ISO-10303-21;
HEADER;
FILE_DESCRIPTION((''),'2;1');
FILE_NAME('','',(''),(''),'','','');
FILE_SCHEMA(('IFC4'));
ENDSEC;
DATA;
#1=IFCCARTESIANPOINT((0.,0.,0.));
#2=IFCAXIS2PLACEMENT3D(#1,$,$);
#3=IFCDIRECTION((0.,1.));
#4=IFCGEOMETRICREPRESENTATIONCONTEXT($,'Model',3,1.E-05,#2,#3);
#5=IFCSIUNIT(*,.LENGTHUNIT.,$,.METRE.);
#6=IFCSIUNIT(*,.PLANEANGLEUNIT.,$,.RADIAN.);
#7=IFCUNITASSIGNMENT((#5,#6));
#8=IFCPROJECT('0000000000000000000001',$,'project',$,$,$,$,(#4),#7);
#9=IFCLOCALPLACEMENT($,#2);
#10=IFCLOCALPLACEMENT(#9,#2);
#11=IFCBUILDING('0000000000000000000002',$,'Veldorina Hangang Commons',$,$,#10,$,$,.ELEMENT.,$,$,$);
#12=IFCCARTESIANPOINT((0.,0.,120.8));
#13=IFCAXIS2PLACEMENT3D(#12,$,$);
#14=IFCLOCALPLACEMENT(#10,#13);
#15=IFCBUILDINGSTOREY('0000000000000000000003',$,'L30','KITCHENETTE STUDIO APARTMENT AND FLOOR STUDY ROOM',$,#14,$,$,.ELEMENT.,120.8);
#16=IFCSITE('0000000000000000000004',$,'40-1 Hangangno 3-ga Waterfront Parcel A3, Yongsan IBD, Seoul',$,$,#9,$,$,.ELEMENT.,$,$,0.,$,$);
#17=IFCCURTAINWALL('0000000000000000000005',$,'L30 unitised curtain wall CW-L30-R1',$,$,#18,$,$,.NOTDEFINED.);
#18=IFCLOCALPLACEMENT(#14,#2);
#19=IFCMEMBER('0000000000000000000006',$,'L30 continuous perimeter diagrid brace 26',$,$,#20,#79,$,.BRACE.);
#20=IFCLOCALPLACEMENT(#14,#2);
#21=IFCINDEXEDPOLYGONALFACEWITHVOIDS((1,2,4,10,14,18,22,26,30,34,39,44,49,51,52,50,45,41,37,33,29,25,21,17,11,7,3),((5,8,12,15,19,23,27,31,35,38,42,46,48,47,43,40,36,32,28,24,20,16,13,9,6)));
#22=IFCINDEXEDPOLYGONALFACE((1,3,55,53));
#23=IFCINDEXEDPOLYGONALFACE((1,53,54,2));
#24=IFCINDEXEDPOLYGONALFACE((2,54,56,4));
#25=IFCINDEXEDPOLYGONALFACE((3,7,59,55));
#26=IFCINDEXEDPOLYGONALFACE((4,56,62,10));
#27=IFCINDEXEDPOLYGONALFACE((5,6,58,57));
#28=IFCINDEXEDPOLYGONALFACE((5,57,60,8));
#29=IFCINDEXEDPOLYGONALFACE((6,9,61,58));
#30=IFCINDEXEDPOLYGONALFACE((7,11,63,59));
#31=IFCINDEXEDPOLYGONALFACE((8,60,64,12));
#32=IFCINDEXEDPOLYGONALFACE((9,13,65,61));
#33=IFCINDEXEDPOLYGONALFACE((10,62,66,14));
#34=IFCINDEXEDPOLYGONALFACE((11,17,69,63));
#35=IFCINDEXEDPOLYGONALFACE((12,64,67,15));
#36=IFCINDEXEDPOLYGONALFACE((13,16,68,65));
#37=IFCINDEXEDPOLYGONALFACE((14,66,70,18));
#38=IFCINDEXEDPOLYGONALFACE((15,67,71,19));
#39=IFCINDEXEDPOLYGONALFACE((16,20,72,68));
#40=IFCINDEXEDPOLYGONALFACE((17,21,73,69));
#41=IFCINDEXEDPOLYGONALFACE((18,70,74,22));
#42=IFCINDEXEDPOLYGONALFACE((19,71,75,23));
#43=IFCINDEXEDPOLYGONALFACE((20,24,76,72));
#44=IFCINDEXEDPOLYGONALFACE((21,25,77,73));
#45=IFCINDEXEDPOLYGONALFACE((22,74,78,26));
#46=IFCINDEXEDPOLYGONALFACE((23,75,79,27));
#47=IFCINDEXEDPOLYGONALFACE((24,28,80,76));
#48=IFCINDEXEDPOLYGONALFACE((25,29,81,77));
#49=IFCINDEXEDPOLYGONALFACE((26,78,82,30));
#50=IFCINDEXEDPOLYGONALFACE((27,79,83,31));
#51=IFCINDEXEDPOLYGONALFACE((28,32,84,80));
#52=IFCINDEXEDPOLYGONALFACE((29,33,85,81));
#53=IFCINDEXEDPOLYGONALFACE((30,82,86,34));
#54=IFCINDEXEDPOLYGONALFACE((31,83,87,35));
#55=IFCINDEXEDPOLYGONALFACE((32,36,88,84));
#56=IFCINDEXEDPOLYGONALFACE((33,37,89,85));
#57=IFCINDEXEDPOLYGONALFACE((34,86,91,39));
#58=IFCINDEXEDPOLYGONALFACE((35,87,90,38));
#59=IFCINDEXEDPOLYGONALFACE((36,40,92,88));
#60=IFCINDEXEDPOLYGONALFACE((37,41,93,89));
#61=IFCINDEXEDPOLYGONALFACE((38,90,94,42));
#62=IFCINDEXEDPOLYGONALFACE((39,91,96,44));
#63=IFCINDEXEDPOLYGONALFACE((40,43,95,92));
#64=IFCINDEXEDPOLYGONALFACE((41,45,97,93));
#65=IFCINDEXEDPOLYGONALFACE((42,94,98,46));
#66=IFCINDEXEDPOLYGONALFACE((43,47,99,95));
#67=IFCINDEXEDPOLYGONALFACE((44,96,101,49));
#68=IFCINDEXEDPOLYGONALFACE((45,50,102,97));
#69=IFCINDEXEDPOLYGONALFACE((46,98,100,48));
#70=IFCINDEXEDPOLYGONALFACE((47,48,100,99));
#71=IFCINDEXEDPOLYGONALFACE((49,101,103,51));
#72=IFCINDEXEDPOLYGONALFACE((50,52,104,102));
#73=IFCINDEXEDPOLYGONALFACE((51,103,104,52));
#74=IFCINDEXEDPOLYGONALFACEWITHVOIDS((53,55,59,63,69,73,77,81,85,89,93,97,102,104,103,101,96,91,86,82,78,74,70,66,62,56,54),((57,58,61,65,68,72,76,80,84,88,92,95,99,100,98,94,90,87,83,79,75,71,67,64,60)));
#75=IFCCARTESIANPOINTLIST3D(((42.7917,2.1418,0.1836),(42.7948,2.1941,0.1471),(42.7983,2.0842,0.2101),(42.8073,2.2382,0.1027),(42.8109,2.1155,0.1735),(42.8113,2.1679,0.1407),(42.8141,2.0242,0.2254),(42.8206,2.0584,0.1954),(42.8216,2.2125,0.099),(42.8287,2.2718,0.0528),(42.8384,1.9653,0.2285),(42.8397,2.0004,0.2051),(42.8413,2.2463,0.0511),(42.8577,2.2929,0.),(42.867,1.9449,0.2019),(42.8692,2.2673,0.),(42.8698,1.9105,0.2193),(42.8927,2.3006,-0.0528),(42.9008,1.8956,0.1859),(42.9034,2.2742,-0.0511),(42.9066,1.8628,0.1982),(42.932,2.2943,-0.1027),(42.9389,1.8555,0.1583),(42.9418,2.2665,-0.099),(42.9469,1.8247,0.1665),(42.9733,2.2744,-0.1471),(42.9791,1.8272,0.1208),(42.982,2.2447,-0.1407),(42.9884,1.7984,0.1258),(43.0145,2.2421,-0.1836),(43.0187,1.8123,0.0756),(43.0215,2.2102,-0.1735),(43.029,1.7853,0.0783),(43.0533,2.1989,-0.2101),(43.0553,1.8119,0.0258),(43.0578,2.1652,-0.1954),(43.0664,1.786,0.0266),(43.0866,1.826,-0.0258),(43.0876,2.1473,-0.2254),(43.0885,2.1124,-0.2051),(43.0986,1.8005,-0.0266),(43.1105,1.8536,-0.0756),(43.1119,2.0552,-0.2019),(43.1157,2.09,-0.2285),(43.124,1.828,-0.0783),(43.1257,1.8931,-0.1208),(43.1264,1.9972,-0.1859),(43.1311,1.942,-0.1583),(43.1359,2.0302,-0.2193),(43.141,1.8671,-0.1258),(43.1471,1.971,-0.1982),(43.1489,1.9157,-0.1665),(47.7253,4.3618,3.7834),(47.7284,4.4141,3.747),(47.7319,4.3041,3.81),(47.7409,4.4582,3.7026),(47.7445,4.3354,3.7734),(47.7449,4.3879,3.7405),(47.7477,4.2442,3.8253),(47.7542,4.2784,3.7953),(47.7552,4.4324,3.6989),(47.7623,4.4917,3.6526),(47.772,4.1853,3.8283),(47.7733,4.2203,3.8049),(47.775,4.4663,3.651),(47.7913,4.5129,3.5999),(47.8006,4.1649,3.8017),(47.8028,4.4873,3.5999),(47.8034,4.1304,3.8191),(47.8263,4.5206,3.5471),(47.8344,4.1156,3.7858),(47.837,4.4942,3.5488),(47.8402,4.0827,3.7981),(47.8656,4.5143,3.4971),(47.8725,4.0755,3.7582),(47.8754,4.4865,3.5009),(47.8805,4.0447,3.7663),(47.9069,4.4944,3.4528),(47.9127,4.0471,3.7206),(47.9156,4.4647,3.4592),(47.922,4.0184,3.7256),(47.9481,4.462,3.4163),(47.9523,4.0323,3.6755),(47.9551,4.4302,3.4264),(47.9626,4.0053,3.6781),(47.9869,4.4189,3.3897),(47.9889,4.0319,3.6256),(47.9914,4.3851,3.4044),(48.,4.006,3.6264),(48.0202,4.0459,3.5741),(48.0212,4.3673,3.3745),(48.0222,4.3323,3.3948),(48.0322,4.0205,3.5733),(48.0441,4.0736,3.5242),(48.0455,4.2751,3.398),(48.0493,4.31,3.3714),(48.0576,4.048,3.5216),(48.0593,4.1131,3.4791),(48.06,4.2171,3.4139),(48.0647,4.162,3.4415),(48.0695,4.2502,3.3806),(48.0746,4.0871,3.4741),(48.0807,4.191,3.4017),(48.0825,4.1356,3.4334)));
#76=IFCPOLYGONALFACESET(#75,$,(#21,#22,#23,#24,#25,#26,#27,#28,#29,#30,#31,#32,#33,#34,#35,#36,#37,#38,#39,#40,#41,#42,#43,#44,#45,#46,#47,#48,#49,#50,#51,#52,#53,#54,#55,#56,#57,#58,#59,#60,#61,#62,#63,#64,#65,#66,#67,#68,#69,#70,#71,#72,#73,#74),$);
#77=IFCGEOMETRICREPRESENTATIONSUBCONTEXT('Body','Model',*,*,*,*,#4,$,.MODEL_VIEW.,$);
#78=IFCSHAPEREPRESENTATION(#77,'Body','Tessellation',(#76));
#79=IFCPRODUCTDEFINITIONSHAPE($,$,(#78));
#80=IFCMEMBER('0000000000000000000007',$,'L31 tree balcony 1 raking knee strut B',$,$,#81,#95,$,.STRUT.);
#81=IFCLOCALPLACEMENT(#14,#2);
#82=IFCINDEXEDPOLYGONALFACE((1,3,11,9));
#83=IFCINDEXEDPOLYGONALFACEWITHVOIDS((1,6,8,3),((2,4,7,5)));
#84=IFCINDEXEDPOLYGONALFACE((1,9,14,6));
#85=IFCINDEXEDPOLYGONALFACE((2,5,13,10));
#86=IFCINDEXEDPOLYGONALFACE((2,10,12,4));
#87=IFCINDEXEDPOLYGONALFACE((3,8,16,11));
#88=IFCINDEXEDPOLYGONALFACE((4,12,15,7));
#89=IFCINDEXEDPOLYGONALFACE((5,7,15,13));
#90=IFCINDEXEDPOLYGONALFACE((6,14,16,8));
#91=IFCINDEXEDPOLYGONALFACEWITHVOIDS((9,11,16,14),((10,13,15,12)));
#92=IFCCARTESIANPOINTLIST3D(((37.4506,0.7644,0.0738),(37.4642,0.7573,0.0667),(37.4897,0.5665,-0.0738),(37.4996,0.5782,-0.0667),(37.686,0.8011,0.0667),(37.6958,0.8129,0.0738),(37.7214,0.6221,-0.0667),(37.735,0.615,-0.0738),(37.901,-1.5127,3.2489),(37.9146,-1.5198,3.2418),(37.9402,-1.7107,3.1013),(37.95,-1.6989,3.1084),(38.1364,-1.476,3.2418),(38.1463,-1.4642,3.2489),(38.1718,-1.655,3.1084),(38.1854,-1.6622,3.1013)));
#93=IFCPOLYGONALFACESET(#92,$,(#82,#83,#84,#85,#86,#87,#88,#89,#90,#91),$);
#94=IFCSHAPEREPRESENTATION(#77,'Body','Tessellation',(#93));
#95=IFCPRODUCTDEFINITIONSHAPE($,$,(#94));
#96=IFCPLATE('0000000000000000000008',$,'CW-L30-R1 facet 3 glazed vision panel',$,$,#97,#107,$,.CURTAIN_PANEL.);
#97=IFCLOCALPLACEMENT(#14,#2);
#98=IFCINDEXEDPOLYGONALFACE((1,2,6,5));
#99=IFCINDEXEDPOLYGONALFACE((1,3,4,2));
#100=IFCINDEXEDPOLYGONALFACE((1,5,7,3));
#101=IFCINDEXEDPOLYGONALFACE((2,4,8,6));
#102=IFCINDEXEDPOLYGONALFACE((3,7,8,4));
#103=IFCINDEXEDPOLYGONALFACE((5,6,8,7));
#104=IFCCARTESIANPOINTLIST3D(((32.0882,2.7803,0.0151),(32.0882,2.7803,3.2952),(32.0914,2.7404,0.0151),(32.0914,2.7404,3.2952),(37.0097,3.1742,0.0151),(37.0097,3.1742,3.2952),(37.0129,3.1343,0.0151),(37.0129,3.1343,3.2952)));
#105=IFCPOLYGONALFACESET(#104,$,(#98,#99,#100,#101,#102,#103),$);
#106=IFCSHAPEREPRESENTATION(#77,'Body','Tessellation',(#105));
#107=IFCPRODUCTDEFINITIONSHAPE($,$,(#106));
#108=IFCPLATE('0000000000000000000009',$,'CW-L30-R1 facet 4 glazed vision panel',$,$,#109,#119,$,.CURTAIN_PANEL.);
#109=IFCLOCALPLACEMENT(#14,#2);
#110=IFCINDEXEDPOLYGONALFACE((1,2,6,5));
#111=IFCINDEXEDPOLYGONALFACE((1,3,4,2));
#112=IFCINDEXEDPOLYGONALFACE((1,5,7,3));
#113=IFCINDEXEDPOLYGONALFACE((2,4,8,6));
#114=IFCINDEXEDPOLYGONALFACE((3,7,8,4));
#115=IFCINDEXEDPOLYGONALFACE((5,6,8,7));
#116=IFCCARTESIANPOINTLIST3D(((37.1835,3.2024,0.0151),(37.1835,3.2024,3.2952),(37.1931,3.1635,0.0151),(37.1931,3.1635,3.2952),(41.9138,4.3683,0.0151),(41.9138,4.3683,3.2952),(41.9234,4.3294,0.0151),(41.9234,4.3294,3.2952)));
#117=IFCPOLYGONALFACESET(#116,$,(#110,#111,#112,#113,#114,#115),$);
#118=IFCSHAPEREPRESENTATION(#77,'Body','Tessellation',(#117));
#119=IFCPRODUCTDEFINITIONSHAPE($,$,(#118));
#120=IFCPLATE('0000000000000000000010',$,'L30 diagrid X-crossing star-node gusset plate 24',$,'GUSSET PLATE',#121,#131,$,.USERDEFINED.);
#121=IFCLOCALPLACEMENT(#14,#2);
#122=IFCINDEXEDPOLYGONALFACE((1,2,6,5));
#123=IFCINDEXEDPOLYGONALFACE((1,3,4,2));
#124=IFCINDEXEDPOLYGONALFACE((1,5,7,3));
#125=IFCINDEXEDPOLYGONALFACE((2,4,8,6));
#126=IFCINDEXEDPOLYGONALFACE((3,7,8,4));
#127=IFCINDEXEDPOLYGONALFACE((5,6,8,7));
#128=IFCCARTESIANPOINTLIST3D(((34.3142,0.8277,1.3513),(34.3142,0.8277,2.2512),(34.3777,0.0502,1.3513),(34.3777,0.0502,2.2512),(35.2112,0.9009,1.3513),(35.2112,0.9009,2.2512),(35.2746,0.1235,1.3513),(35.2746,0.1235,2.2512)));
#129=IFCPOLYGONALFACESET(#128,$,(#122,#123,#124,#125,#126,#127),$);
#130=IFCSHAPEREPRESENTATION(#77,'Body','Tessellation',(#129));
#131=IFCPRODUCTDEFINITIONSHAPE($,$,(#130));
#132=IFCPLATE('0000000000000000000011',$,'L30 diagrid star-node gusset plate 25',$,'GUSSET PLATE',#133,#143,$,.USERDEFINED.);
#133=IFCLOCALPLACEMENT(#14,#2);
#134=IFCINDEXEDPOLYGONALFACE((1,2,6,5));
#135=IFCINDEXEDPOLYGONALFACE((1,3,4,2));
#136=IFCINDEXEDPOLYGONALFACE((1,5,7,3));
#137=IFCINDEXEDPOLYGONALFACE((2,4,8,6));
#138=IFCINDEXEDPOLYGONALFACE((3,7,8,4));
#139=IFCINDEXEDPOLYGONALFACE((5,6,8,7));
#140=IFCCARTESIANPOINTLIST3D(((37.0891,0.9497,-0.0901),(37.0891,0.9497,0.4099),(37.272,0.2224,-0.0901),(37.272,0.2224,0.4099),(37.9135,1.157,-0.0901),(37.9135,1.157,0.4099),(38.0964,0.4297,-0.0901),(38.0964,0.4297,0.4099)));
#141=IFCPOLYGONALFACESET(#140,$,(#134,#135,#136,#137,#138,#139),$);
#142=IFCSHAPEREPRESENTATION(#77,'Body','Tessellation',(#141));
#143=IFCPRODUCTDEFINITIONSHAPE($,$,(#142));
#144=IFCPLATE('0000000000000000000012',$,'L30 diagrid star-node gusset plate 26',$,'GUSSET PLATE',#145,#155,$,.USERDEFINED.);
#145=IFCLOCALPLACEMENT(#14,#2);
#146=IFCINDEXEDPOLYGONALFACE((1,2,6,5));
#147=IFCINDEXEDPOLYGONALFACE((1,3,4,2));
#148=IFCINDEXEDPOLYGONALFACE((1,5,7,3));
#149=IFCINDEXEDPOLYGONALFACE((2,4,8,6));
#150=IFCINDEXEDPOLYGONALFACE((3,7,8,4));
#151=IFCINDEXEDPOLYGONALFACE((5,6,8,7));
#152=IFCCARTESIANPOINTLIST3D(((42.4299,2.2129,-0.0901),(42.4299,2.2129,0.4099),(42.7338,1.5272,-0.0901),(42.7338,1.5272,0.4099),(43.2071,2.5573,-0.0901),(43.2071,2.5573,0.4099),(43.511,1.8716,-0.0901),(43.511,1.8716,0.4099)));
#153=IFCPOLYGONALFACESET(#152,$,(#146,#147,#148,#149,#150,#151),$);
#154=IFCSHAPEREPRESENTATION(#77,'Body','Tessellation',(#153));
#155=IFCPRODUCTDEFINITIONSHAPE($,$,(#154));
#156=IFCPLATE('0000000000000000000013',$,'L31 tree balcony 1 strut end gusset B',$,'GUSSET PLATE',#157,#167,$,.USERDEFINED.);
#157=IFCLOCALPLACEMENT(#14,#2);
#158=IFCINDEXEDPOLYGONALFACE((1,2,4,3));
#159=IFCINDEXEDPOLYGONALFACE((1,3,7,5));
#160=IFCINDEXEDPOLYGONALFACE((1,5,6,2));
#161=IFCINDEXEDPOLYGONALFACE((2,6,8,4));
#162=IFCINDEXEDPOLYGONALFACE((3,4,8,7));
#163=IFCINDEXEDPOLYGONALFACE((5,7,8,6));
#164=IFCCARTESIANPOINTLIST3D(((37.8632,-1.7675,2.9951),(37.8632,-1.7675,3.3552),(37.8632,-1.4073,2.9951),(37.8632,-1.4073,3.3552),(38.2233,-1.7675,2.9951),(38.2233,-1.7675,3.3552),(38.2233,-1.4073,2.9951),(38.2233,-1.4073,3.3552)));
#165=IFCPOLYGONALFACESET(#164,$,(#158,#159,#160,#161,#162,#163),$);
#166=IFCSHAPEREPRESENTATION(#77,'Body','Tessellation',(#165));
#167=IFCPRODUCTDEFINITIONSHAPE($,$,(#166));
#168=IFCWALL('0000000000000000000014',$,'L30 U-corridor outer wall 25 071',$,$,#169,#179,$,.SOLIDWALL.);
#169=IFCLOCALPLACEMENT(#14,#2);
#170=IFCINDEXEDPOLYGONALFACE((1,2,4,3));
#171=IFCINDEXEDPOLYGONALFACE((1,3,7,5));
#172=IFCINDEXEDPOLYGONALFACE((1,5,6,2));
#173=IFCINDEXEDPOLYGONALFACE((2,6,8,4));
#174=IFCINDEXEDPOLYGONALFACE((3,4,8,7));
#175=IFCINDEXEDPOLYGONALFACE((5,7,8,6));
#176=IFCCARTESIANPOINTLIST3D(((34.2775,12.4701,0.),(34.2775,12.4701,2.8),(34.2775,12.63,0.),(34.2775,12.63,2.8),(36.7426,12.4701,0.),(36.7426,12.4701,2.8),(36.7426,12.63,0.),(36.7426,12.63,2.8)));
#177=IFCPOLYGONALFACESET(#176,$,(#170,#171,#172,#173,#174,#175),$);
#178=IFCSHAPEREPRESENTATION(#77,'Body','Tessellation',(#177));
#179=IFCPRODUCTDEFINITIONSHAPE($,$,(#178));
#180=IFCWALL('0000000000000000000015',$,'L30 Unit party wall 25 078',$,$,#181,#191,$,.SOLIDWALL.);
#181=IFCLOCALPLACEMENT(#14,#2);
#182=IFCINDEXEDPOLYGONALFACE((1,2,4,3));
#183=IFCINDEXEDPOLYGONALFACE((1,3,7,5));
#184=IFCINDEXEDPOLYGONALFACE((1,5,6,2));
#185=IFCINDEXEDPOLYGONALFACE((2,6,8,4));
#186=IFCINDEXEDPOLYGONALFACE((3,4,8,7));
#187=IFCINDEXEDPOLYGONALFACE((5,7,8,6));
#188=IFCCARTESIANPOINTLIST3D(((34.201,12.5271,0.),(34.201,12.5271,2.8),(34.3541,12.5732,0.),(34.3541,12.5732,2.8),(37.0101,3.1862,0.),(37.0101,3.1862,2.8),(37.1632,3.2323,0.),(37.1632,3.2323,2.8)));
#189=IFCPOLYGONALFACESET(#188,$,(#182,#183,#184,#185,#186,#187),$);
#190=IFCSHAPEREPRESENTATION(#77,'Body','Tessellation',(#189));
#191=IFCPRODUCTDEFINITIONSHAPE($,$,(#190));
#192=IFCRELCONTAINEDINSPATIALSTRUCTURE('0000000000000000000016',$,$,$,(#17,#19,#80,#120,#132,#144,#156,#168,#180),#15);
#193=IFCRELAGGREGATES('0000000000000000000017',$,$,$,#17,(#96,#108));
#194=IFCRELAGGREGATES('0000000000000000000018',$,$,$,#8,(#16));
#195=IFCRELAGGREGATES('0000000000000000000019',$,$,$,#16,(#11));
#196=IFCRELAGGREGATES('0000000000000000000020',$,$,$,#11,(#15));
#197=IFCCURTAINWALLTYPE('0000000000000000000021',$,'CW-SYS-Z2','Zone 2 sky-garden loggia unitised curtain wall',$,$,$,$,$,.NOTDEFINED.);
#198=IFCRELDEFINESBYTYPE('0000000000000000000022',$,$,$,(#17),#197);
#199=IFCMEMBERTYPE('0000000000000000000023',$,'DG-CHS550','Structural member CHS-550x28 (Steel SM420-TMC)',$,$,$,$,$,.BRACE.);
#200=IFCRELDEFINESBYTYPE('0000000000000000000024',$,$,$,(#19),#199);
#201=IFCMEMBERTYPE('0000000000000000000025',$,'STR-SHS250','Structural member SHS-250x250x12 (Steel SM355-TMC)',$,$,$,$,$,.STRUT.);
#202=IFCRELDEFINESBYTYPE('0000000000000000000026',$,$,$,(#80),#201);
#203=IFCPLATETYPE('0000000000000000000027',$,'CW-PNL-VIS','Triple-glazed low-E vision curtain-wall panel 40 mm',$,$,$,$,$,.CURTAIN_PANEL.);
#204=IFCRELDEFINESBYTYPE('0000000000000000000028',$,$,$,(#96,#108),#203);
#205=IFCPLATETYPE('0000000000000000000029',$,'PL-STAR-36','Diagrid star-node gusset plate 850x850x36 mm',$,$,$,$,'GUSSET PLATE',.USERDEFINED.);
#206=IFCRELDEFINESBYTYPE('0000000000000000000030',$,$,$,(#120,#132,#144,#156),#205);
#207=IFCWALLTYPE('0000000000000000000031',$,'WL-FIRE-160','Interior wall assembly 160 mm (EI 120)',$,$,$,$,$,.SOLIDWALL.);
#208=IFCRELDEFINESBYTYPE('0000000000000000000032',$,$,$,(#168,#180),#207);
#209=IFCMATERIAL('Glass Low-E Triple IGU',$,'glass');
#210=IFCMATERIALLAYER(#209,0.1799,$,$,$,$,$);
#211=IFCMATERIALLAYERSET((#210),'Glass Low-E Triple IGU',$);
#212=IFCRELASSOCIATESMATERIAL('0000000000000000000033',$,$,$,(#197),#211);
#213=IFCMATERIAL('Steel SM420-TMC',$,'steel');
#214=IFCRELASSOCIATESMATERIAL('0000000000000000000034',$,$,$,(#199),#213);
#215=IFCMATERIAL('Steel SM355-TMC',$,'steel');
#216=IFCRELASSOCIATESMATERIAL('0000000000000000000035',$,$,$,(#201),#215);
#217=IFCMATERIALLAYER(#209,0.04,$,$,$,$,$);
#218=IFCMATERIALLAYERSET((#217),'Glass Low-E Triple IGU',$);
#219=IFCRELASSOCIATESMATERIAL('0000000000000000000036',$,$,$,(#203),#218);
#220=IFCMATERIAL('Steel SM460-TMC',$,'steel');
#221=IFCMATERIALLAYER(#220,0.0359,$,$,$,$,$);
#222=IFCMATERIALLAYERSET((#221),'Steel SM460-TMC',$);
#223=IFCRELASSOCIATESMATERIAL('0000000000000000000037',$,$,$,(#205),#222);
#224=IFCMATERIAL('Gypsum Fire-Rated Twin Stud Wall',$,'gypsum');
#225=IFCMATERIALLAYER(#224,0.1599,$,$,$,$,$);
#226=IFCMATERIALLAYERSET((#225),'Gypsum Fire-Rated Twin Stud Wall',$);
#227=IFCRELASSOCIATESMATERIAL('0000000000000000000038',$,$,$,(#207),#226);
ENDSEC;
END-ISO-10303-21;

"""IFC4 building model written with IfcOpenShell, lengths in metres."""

from ifc_helpers import new_model, si_unit, direction, frame, frame_2d, origin, origin_2d, place, context, subcontext, project, spatial, rectangle, hollow_rectangle, hollow_circle, extrude, material, layer, layer_set, material_profile, profile_set, type_object, element, aggregate, save


model = new_model("IFC4")

# Units and contexts
model_context = context("Model", 3, precision=1e-05, world=origin(), true_north=direction((0.0, 1.0)))
body_context = subcontext(model_context, "Body", "Model", "MODEL_VIEW")
ifc_project = project(units=[si_unit("LENGTHUNIT", "METRE"), si_unit("PLANEANGLEUNIT", "RADIAN")], contexts=[model_context])

# Site, building, storey
site_placement = place(None, origin())
site = spatial("IfcSite", under=ifc_project, at=site_placement, Name="40-1 Hangangno 3-ga Waterfront Parcel A3, Yongsan IBD, Seoul", CompositionType="ELEMENT", RefElevation=0.0)
building_placement = place(site_placement, origin())
building = spatial("IfcBuilding", under=site, at=building_placement, Name="Veldorina Hangang Commons", CompositionType="ELEMENT")
storey_placement = place(building_placement, frame((0.0, 0.0, 120.8)))
storey = spatial("IfcBuildingStorey", under=building, at=storey_placement, Name="L30", Description="KITCHENETTE STUDIO APARTMENT AND FLOOR STUDY ROOM", CompositionType="ELEMENT", Elevation=120.8)

# Shared definitions
ifc_material_1 = material(Name="Steel SM355-TMC", Category="steel")
ifc_material_2 = material(Name="Steel SM420-TMC", Category="steel")

# Curtain wall
ifc_material_3 = material(Name="Glass Low-E Triple IGU", Category="glass")
ifc_layer_1 = layer(ifc_material_3, 0.1799)
ifc_layer_set_1 = layer_set([ifc_layer_1], Name="Glass Low-E Triple IGU")
curtain_wall_type = type_object("IfcCurtainWallType", Name="CW-SYS-Z2", Description="Zone 2 sky-garden loggia unitised curtain wall", PredefinedType="NOTDEFINED", material=ifc_layer_set_1)
curtain_wall_placement = place(storey_placement, origin())
curtain_wall = element("IfcCurtainWall", 1, at=curtain_wall_placement, inside=storey, type_object=curtain_wall_type, Name="L30 unitised curtain wall CW-L30-R1", PredefinedType="NOTDEFINED")

# Members
ifc_material_profile_1 = material_profile(ifc_material_2, hollow_circle(Radius=0.2749, WallThickness=0.0281, at=origin_2d()), Name="CHS-550x28")
ifc_profile_set_1 = profile_set([ifc_material_profile_1], Name="Steel SM420-TMC")
member_type_1 = type_object("IfcMemberType", Name="DG-CHS550", Description="Structural member CHS-550x28 (Steel SM420-TMC)", PredefinedType="BRACE", material=ifc_profile_set_1)
member_1_placement = place(storey_placement, frame((42.9705, 2.0422, 0.0), z_axis=(0.759216, 0.341625, 0.553971), x_axis=(-0.410342, 0.911932, 0.0)))
element("IfcMember", 2, at=member_1_placement, inside=storey, type_object=member_type_1, Name="L30 continuous perimeter diagrid brace 26", PredefinedType="BRACE", context=body_context, shape_type="SweptSolid", body=[
    extrude(hollow_circle(Radius=0.2749, WallThickness=0.0281, at=origin_2d()), origin(), (0.0, 0.0, 1.0), 6.4983),
])
ifc_material_profile_2 = material_profile(ifc_material_1, hollow_rectangle(XDim=0.25, YDim=0.25, WallThickness=0.012, at=origin_2d()), Name="SHS-250x250x12")
ifc_profile_set_2 = profile_set([ifc_material_profile_2], Name="Steel SM355-TMC")
member_type_2 = type_object("IfcMemberType", Name="STR-SHS250", Description="Structural member SHS-250x250x12 (Steel SM355-TMC)", PredefinedType="STRUT", material=ifc_profile_set_2)
member_2_placement = place(storey_placement, frame((37.5928, 0.6897, 0.0), z_axis=(0.114526, -0.578963, 0.807271), x_axis=(0.980991, 0.194053, 0.0)))
element("IfcMember", 3, at=member_2_placement, inside=storey, type_object=member_type_2, Name="L31 tree balcony 1 raking knee strut B", PredefinedType="STRUT", context=body_context, shape_type="SweptSolid", body=[
    extrude(hollow_rectangle(XDim=0.25, YDim=0.25, WallThickness=0.012, at=origin_2d()), origin(), (0.0, 0.0, 1.0), 3.9331),
])

# Plates
ifc_layer_2 = layer(ifc_material_3, 0.04)
ifc_layer_set_2 = layer_set([ifc_layer_2], Name="Glass Low-E Triple IGU")
plate_type_1 = type_object("IfcPlateType", Name="CW-PNL-VIS", Description="Triple-glazed low-E vision curtain-wall panel 40 mm", PredefinedType="CURTAIN_PANEL", material=ifc_layer_set_2)
plate_1_placement = place(storey_placement, frame((34.5505, 2.9573, 0.0151), z_axis=(0.0, 0.0, 1.0), x_axis=(0.996812, 0.079781, 0.0)))
plate_1 = element("IfcPlate", 4, at=plate_1_placement, type_object=plate_type_1, Name="CW-L30-R1 facet 3 glazed vision panel", PredefinedType="CURTAIN_PANEL", context=body_context, shape_type="SweptSolid", body=[
    extrude(rectangle(XDim=4.9373, YDim=0.04, at=origin_2d()), origin(), (0.0, 0.0, 1.0), 3.28),
])
plate_2_placement = place(storey_placement, frame((39.5535, 3.7659, 0.0151), z_axis=(0.0, 0.0, 1.0), x_axis=(0.970942, 0.239313, 0.0)))
plate_2 = element("IfcPlate", 5, at=plate_2_placement, type_object=plate_type_1, Name="CW-L30-R1 facet 4 glazed vision panel", PredefinedType="CURTAIN_PANEL", context=body_context, shape_type="SweptSolid", body=[
    extrude(rectangle(XDim=4.8718, YDim=0.04, at=origin_2d()), origin(), (0.0, 0.0, 1.0), 3.28),
])
aggregate(curtain_wall, [plate_1, plate_2])

# Plates
ifc_material_4 = material(Name="Steel SM460-TMC", Category="steel")
ifc_layer_3 = layer(ifc_material_4, 0.0359)
ifc_layer_set_3 = layer_set([ifc_layer_3], Name="Steel SM460-TMC")
plate_type_2 = type_object("IfcPlateType", Name="PL-STAR-36", Description="Diagrid star-node gusset plate 850x850x36 mm", ElementType="GUSSET PLATE", PredefinedType="USERDEFINED", material=ifc_layer_set_3)
plate_3_placement = place(storey_placement, frame((34.7944, 0.4756, 1.3513), z_axis=(0.0, 0.0, 1.0), x_axis=(0.996683, 0.081382, 0.0)))
element("IfcPlate", 6, at=plate_3_placement, inside=storey, type_object=plate_type_2, Name="L30 diagrid X-crossing star-node gusset plate 24", ObjectType="GUSSET PLATE", PredefinedType="USERDEFINED", context=body_context, shape_type="SweptSolid", body=[
    extrude(rectangle(XDim=0.8999, YDim=0.78, at=origin_2d()), origin(), (0.0, 0.0, 1.0), 0.8999),
])
for number, where, z_axis, x_axis, name in (
    (7, (37.5928, 0.6897, -0.0901), (0.0, 0.0, 1.0), (0.969804, 0.243886, 0.0), "L30 diagrid star-node gusset plate 25"),
    (8, (42.9705, 2.0422, -0.0901), (0.0, 0.0, 1.0), (0.914247, 0.405158, 0.0), "L30 diagrid star-node gusset plate 26"),
):
    element("IfcPlate", number, at=place(storey_placement, frame(where, z_axis=z_axis, x_axis=x_axis)), inside=storey, type_object=plate_type_2, Name=name, ObjectType="GUSSET PLATE", PredefinedType="USERDEFINED", context=body_context, shape_type="SweptSolid", body=[
        extrude(rectangle(XDim=0.8501, YDim=0.75, at=origin_2d()), origin(), (0.0, 0.0, 1.0), 0.5),
    ])
plate_4_placement = place(storey_placement, frame((38.0432, -1.5874, 2.9951), z_axis=(0.0, 0.0, 1.0), x_axis=(1.0, 0.0, 0.0)))
element("IfcPlate", 9, at=plate_4_placement, inside=storey, type_object=plate_type_2, Name="L31 tree balcony 1 strut end gusset B", ObjectType="GUSSET PLATE", PredefinedType="USERDEFINED", context=body_context, shape_type="SweptSolid", body=[
    extrude(rectangle(XDim=0.3601, YDim=0.3601, at=origin_2d()), origin(), (0.0, 0.0, 1.0), 0.3601),
])

# Walls
ifc_material_5 = material(Name="Gypsum Fire-Rated Twin Stud Wall", Category="gypsum")
ifc_layer_4 = layer(ifc_material_5, 0.1599)
ifc_layer_set_4 = layer_set([ifc_layer_4], Name="Gypsum Fire-Rated Twin Stud Wall")
wall_type_1 = type_object("IfcWallType", Name="WL-FIRE-160", Description="Interior wall assembly 160 mm (EI 120)", PredefinedType="SOLIDWALL", material=ifc_layer_set_4)
wall_1_placement = place(storey_placement, frame((34.2776, 12.55, 0.0), z_axis=(0.0, 0.0, 1.0), x_axis=(1.0, 0.0, 0.0)))
element("IfcWall", 10, at=wall_1_placement, inside=storey, type_object=wall_type_1, Name="L30 U-corridor outer wall 25 071", PredefinedType="SOLIDWALL", context=body_context, shape_type="SweptSolid", body=[
    extrude(rectangle(XDim=2.4651, YDim=0.1599, at=frame_2d((1.2324, 0.0))), origin(), (0.0, 0.0, 1.0), 2.8),
])
wall_2_placement = place(storey_placement, frame((34.2776, 12.55, 0.0), z_axis=(0.0, 0.0, 1.0), x_axis=(0.287991, -0.957633, 0.0)))
element("IfcWall", 11, at=wall_2_placement, inside=storey, type_object=wall_type_1, Name="L30 Unit party wall 25 078", PredefinedType="SOLIDWALL", context=body_context, shape_type="SweptSolid", body=[
    extrude(rectangle(XDim=9.7542, YDim=0.1599, at=frame_2d((4.877, 0.0))), origin(), (0.0, 0.0, 1.0), 2.8),
])

save(model, "model.ifc")
